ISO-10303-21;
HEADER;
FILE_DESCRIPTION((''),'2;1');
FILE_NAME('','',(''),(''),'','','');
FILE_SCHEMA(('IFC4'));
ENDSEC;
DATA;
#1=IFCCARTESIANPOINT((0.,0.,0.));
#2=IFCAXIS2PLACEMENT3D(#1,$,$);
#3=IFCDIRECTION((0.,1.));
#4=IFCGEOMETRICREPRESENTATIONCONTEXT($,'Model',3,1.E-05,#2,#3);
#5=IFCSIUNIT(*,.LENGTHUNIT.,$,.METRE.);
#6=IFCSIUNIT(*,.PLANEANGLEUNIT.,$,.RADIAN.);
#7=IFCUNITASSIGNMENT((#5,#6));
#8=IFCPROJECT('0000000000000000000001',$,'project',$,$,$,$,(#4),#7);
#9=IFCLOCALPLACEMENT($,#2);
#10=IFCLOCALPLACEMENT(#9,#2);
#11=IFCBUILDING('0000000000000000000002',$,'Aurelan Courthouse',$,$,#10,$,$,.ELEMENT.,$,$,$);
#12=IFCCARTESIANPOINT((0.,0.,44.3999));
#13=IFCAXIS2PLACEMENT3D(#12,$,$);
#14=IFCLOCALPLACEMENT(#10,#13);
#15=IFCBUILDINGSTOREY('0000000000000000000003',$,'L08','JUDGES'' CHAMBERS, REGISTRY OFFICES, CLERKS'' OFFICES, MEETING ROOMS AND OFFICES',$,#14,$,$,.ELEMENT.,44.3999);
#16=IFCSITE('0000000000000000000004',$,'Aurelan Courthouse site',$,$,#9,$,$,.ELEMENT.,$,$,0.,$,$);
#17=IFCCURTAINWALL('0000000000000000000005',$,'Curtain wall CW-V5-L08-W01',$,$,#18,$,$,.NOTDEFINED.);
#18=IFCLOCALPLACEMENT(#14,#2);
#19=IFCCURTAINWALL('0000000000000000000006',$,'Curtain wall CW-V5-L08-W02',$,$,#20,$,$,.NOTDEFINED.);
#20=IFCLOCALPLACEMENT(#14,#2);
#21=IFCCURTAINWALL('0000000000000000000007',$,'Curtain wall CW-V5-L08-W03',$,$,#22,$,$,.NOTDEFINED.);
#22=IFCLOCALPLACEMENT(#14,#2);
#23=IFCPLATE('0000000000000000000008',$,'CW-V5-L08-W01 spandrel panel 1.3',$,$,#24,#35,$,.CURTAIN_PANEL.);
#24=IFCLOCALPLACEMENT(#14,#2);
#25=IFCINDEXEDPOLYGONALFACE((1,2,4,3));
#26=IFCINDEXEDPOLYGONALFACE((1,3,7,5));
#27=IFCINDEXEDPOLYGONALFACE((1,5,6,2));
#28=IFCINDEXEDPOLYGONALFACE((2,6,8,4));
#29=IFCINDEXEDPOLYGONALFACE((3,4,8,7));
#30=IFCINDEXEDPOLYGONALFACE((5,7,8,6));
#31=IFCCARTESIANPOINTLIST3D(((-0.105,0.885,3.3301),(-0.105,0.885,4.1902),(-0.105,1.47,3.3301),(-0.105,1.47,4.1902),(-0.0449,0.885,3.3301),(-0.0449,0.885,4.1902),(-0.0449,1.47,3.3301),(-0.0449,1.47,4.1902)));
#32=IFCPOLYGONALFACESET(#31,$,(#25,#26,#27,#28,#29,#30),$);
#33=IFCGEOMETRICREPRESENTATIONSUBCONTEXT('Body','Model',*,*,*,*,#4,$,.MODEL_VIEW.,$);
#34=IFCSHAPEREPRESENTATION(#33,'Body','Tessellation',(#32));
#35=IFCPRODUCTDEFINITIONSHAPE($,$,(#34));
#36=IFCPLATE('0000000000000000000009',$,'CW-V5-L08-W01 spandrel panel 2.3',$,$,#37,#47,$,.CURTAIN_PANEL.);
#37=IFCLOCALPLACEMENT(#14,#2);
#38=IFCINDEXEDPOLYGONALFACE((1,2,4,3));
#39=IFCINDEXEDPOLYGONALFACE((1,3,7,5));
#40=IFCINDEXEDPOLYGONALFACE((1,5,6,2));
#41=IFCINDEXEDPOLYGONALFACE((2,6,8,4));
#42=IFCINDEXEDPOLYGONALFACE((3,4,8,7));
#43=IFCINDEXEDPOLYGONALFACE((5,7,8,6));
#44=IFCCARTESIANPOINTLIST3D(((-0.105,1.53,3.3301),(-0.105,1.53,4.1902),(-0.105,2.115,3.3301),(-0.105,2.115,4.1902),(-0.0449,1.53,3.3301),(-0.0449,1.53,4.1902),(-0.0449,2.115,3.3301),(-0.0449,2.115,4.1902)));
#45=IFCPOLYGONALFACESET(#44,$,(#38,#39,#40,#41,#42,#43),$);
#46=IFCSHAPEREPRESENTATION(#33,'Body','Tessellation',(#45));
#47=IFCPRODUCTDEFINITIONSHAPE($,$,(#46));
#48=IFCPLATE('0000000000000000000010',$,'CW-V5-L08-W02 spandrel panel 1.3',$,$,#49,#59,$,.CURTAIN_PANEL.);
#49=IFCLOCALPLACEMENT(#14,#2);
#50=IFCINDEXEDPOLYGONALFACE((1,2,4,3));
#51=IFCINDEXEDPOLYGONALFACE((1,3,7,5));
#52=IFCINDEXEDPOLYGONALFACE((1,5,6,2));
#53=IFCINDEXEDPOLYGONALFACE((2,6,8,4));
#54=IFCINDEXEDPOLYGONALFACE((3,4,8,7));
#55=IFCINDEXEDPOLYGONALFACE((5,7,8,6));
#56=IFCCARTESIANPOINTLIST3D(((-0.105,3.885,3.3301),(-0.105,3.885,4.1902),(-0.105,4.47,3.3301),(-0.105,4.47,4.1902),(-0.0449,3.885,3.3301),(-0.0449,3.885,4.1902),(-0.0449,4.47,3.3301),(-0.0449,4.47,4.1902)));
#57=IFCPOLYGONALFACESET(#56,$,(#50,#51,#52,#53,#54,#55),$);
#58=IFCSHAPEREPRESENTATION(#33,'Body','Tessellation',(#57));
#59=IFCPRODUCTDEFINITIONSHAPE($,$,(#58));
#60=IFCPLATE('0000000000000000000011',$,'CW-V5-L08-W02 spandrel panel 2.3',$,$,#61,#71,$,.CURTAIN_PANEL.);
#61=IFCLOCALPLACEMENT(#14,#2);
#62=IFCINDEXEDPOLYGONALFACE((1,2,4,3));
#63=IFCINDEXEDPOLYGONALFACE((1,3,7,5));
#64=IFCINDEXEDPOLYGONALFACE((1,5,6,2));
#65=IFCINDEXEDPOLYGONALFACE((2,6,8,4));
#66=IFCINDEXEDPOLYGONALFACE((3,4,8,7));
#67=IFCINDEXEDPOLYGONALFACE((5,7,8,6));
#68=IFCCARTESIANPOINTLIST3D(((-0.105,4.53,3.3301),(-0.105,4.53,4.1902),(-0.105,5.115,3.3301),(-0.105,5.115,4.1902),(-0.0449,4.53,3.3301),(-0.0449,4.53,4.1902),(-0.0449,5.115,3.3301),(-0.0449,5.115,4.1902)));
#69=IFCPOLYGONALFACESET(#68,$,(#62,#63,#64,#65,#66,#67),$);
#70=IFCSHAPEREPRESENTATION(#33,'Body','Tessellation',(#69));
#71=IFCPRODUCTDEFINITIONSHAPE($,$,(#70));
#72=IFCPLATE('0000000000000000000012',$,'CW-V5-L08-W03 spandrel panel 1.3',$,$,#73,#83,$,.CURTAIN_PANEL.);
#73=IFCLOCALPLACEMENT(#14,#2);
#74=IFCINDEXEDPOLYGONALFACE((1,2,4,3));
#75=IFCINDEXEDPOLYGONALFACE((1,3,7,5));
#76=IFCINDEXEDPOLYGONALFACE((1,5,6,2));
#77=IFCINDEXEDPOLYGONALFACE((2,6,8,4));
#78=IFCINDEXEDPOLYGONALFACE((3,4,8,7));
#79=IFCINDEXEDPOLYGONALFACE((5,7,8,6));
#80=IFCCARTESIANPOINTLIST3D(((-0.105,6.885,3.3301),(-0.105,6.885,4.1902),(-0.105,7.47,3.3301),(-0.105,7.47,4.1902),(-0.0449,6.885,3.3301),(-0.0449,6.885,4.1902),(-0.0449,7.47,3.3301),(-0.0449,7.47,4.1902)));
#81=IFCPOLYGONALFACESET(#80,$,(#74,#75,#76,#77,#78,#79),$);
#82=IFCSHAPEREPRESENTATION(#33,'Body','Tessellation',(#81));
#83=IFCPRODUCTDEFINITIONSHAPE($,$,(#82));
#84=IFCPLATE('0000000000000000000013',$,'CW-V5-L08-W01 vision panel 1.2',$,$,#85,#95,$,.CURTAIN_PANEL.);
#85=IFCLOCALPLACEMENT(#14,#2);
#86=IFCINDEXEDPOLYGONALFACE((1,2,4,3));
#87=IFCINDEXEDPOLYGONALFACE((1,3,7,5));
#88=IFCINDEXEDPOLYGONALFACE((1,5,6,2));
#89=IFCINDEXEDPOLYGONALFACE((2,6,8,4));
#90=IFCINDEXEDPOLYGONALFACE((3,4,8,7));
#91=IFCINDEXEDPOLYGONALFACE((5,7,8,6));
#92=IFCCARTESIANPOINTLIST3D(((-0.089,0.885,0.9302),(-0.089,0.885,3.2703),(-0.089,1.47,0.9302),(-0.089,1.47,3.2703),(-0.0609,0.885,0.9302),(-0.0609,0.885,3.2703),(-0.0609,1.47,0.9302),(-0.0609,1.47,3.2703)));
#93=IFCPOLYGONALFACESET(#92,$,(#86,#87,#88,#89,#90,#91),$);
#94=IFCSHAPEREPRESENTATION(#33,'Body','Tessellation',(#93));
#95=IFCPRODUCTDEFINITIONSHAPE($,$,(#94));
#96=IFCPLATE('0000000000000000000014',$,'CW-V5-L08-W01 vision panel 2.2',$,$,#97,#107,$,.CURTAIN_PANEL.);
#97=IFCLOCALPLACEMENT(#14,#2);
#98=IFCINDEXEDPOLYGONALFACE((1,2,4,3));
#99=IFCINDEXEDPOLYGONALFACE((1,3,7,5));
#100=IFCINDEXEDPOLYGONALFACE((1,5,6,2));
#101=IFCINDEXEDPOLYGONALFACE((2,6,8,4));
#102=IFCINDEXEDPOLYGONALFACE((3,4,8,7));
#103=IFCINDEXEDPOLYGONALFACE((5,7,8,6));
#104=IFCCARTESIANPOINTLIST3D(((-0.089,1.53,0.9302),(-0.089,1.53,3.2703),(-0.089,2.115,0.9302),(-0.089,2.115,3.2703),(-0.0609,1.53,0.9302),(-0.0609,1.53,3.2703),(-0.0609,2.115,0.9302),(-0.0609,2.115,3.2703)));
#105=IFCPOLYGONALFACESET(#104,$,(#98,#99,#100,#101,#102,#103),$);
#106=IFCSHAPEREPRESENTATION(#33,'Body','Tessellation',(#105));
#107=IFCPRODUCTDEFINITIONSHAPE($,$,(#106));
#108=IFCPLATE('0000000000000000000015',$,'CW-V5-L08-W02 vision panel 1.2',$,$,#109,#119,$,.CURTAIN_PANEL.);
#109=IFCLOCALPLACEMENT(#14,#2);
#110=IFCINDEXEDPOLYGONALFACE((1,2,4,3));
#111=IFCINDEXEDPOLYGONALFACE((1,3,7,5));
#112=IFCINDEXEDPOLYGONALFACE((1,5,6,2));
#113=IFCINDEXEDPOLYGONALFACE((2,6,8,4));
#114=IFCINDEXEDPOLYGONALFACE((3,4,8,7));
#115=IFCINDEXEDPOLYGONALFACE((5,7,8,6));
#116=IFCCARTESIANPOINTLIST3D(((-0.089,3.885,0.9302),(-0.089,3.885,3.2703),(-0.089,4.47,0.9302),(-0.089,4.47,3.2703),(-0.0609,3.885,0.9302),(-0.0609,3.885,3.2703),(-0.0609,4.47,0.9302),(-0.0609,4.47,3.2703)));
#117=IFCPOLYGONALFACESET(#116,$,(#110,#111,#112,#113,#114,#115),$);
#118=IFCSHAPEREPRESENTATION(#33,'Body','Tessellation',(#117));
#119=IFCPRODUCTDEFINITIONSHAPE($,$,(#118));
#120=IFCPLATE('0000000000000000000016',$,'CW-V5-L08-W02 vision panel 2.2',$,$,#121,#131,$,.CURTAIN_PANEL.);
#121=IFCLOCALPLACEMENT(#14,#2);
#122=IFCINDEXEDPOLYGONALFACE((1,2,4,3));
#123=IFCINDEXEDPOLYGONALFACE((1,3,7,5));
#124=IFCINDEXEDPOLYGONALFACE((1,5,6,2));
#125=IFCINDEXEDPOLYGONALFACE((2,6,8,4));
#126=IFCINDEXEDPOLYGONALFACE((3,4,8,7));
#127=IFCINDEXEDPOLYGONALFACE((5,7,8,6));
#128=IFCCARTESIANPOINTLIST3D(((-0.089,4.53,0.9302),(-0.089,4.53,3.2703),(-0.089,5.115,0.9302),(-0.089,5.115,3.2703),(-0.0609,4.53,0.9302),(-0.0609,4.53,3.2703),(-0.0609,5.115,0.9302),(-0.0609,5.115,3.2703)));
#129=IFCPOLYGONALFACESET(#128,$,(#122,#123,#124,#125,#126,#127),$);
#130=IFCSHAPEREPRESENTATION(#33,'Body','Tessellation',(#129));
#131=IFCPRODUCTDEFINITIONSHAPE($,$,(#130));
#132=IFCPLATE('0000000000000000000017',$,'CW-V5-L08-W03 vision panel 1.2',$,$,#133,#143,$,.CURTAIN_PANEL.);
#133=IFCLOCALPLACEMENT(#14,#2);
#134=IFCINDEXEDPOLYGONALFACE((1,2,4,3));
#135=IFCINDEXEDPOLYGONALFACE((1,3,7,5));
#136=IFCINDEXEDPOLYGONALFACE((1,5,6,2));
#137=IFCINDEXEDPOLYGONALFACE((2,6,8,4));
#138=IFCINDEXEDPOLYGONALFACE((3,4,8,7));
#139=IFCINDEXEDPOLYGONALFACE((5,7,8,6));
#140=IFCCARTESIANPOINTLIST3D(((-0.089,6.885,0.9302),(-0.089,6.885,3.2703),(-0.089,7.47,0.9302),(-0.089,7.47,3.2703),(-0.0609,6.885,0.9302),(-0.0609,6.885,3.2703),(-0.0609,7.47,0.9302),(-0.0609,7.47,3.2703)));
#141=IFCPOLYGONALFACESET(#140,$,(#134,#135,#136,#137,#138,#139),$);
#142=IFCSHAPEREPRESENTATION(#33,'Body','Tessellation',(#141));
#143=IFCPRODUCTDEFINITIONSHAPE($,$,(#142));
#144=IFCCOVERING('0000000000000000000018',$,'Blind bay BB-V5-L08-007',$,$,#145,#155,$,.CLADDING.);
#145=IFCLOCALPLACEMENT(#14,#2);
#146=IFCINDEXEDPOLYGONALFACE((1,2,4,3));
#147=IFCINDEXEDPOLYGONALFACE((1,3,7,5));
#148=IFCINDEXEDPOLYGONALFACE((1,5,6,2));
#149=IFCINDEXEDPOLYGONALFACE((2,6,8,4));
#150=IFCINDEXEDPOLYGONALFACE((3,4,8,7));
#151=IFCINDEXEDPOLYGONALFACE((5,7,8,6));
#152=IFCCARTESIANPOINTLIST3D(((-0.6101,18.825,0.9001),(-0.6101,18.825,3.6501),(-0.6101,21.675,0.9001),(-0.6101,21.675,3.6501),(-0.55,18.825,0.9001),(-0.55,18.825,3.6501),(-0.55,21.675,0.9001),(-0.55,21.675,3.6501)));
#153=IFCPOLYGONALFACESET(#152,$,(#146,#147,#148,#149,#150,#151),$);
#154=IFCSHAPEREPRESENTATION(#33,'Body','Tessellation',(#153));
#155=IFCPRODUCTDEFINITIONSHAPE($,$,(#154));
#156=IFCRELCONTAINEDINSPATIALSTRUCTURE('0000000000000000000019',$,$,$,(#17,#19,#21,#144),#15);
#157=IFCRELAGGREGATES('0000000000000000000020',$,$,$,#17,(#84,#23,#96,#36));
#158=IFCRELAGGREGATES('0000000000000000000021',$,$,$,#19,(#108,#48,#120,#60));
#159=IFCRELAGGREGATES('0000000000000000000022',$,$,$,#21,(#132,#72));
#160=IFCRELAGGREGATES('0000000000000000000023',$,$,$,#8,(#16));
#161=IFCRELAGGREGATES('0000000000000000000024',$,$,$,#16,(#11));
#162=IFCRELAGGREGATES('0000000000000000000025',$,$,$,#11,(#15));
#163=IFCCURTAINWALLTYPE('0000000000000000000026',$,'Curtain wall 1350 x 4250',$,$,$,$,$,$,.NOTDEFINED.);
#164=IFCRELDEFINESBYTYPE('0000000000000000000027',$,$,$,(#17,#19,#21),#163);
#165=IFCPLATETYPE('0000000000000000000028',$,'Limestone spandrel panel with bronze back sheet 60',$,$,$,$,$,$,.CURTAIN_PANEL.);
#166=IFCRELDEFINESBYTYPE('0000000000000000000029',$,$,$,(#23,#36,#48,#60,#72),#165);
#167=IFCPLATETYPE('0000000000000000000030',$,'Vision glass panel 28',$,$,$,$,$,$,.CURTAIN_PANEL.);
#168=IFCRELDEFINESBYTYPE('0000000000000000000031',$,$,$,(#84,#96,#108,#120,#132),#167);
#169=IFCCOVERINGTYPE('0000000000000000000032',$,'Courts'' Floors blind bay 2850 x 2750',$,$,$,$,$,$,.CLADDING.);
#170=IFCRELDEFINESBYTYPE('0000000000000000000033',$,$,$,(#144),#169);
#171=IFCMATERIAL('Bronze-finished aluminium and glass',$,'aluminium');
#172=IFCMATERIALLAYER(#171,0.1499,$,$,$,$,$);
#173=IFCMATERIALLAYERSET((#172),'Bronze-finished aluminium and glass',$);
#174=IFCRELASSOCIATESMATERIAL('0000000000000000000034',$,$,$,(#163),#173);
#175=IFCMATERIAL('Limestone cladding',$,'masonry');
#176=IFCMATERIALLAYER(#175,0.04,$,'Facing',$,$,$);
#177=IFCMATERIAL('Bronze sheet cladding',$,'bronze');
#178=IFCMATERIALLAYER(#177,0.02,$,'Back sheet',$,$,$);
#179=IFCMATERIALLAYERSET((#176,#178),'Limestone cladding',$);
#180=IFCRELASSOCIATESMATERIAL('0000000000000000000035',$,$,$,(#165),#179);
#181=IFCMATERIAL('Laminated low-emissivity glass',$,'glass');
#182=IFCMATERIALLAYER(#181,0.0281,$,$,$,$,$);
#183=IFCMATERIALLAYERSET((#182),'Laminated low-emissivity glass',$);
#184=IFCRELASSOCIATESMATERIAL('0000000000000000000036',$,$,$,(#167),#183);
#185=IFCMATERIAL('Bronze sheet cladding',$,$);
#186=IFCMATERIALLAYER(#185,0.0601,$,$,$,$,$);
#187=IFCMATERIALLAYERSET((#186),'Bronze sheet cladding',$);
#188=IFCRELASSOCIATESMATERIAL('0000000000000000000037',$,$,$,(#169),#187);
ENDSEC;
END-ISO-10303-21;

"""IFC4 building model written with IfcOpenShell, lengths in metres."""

from ifc_helpers import new_model, si_unit, direction, frame, origin, origin_2d, place, context, subcontext, project, spatial, rectangle, extrude, material, layer, layer_set, type_object, element, aggregate, save


model = new_model("IFC4")

# Units and contexts
model_context = context("Model", 3, precision=1e-05, world=origin(), true_north=direction((0.0, 1.0)))
body_context = subcontext(model_context, "Body", "Model", "MODEL_VIEW")
ifc_project = project(units=[si_unit("LENGTHUNIT", "METRE"), si_unit("PLANEANGLEUNIT", "RADIAN")], contexts=[model_context])

# Site, building, storey
site_placement = place(None, origin())
site = spatial("IfcSite", under=ifc_project, at=site_placement, Name="Aurelan Courthouse site", CompositionType="ELEMENT", RefElevation=0.0)
building_placement = place(site_placement, origin())
building = spatial("IfcBuilding", under=site, at=building_placement, Name="Aurelan Courthouse", CompositionType="ELEMENT")
storey_placement = place(building_placement, frame((0.0, 0.0, 44.3999)))
storey = spatial("IfcBuildingStorey", under=building, at=storey_placement, Name="L08", Description="JUDGES' CHAMBERS, REGISTRY OFFICES, CLERKS' OFFICES, MEETING ROOMS AND OFFICES", CompositionType="ELEMENT", Elevation=44.3999)

# Curtain walls
ifc_material_1 = material(Name="Bronze-finished aluminium and glass", Category="aluminium")
ifc_layer_1 = layer(ifc_material_1, 0.1499)
ifc_layer_set_1 = layer_set([ifc_layer_1], Name="Bronze-finished aluminium and glass")
curtain_wall_type = type_object("IfcCurtainWallType", Name="Curtain wall 1350 x 4250", PredefinedType="NOTDEFINED", material=ifc_layer_set_1)
curtain_wall_1_placement = place(storey_placement, origin())
curtain_wall_1 = element("IfcCurtainWall", 1, at=curtain_wall_1_placement, inside=storey, type_object=curtain_wall_type, Name="Curtain wall CW-V5-L08-W01", PredefinedType="NOTDEFINED")
curtain_wall_2_placement = place(storey_placement, origin())
curtain_wall_2 = element("IfcCurtainWall", 2, at=curtain_wall_2_placement, inside=storey, type_object=curtain_wall_type, Name="Curtain wall CW-V5-L08-W02", PredefinedType="NOTDEFINED")
curtain_wall_3_placement = place(storey_placement, origin())
curtain_wall_3 = element("IfcCurtainWall", 3, at=curtain_wall_3_placement, inside=storey, type_object=curtain_wall_type, Name="Curtain wall CW-V5-L08-W03", PredefinedType="NOTDEFINED")

# Plates
ifc_material_2 = material(Name="Limestone cladding", Category="masonry")
ifc_layer_2 = layer(ifc_material_2, 0.04, Name="Facing")
ifc_material_3 = material(Name="Bronze sheet cladding", Category="bronze")
ifc_layer_3 = layer(ifc_material_3, 0.02, Name="Back sheet")
ifc_layer_set_2 = layer_set([ifc_layer_2, ifc_layer_3], Name="Limestone cladding")
plate_type_1 = type_object("IfcPlateType", Name="Limestone spandrel panel with bronze back sheet 60", PredefinedType="CURTAIN_PANEL", material=ifc_layer_set_2)
plate_1_placement = place(storey_placement, frame((-0.075, 1.1775, 3.3301), z_axis=(0.0, 0.0, 1.0), x_axis=(0.0, 1.0, 0.0)))
plate_1 = element("IfcPlate", 4, at=plate_1_placement, type_object=plate_type_1, Name="CW-V5-L08-W01 spandrel panel 1.3", PredefinedType="CURTAIN_PANEL", context=body_context, shape_type="SweptSolid", body=[
    extrude(rectangle(XDim=0.585, YDim=0.0601, at=origin_2d()), origin(), (0.0, 0.0, 1.0), 0.8601),
])
plate_2_placement = place(storey_placement, frame((-0.075, 1.8225, 3.3301), z_axis=(0.0, 0.0, 1.0), x_axis=(0.0, 1.0, 0.0)))
plate_2 = element("IfcPlate", 5, at=plate_2_placement, type_object=plate_type_1, Name="CW-V5-L08-W01 spandrel panel 2.3", PredefinedType="CURTAIN_PANEL", context=body_context, shape_type="SweptSolid", body=[
    extrude(rectangle(XDim=0.585, YDim=0.0601, at=origin_2d()), origin(), (0.0, 0.0, 1.0), 0.8601),
])
plate_3_placement = place(storey_placement, frame((-0.075, 4.1775, 3.3301), z_axis=(0.0, 0.0, 1.0), x_axis=(0.0, 1.0, 0.0)))
plate_3 = element("IfcPlate", 6, at=plate_3_placement, type_object=plate_type_1, Name="CW-V5-L08-W02 spandrel panel 1.3", PredefinedType="CURTAIN_PANEL", context=body_context, shape_type="SweptSolid", body=[
    extrude(rectangle(XDim=0.585, YDim=0.0601, at=origin_2d()), origin(), (0.0, 0.0, 1.0), 0.8601),
])
plate_4_placement = place(storey_placement, frame((-0.075, 4.8225, 3.3301), z_axis=(0.0, 0.0, 1.0), x_axis=(0.0, 1.0, 0.0)))
plate_4 = element("IfcPlate", 7, at=plate_4_placement, type_object=plate_type_1, Name="CW-V5-L08-W02 spandrel panel 2.3", PredefinedType="CURTAIN_PANEL", context=body_context, shape_type="SweptSolid", body=[
    extrude(rectangle(XDim=0.585, YDim=0.0601, at=origin_2d()), origin(), (0.0, 0.0, 1.0), 0.8601),
])
plate_5_placement = place(storey_placement, frame((-0.075, 7.1775, 3.3301), z_axis=(0.0, 0.0, 1.0), x_axis=(0.0, 1.0, 0.0)))
plate_5 = element("IfcPlate", 8, at=plate_5_placement, type_object=plate_type_1, Name="CW-V5-L08-W03 spandrel panel 1.3", PredefinedType="CURTAIN_PANEL", context=body_context, shape_type="SweptSolid", body=[
    extrude(rectangle(XDim=0.585, YDim=0.0601, at=origin_2d()), origin(), (0.0, 0.0, 1.0), 0.8601),
])
ifc_material_4 = material(Name="Laminated low-emissivity glass", Category="glass")
ifc_layer_4 = layer(ifc_material_4, 0.0281)
ifc_layer_set_3 = layer_set([ifc_layer_4], Name="Laminated low-emissivity glass")
plate_type_2 = type_object("IfcPlateType", Name="Vision glass panel 28", PredefinedType="CURTAIN_PANEL", material=ifc_layer_set_3)
plate_6_placement = place(storey_placement, frame((-0.075, 1.1775, 0.9302), z_axis=(0.0, 0.0, 1.0), x_axis=(0.0, 1.0, 0.0)))
plate_6 = element("IfcPlate", 9, at=plate_6_placement, type_object=plate_type_2, Name="CW-V5-L08-W01 vision panel 1.2", PredefinedType="CURTAIN_PANEL", context=body_context, shape_type="SweptSolid", body=[
    extrude(rectangle(XDim=0.585, YDim=0.0281, at=origin_2d()), origin(), (0.0, 0.0, 1.0), 2.3401),
])
plate_7_placement = place(storey_placement, frame((-0.075, 1.8225, 0.9302), z_axis=(0.0, 0.0, 1.0), x_axis=(0.0, 1.0, 0.0)))
plate_7 = element("IfcPlate", 10, at=plate_7_placement, type_object=plate_type_2, Name="CW-V5-L08-W01 vision panel 2.2", PredefinedType="CURTAIN_PANEL", context=body_context, shape_type="SweptSolid", body=[
    extrude(rectangle(XDim=0.585, YDim=0.0281, at=origin_2d()), origin(), (0.0, 0.0, 1.0), 2.3401),
])
aggregate(curtain_wall_1, [plate_6, plate_1, plate_7, plate_2])
plate_8_placement = place(storey_placement, frame((-0.075, 4.1775, 0.9302), z_axis=(0.0, 0.0, 1.0), x_axis=(0.0, 1.0, 0.0)))
plate_8 = element("IfcPlate", 11, at=plate_8_placement, type_object=plate_type_2, Name="CW-V5-L08-W02 vision panel 1.2", PredefinedType="CURTAIN_PANEL", context=body_context, shape_type="SweptSolid", body=[
    extrude(rectangle(XDim=0.585, YDim=0.0281, at=origin_2d()), origin(), (0.0, 0.0, 1.0), 2.3401),
])
plate_9_placement = place(storey_placement, frame((-0.075, 4.8225, 0.9302), z_axis=(0.0, 0.0, 1.0), x_axis=(0.0, 1.0, 0.0)))
plate_9 = element("IfcPlate", 12, at=plate_9_placement, type_object=plate_type_2, Name="CW-V5-L08-W02 vision panel 2.2", PredefinedType="CURTAIN_PANEL", context=body_context, shape_type="SweptSolid", body=[
    extrude(rectangle(XDim=0.585, YDim=0.0281, at=origin_2d()), origin(), (0.0, 0.0, 1.0), 2.3401),
])
aggregate(curtain_wall_2, [plate_8, plate_3, plate_9, plate_4])
plate_10_placement = place(storey_placement, frame((-0.075, 7.1775, 0.9302), z_axis=(0.0, 0.0, 1.0), x_axis=(0.0, 1.0, 0.0)))
plate_10 = element("IfcPlate", 13, at=plate_10_placement, type_object=plate_type_2, Name="CW-V5-L08-W03 vision panel 1.2", PredefinedType="CURTAIN_PANEL", context=body_context, shape_type="SweptSolid", body=[
    extrude(rectangle(XDim=0.585, YDim=0.0281, at=origin_2d()), origin(), (0.0, 0.0, 1.0), 2.3401),
])
aggregate(curtain_wall_3, [plate_10, plate_5])

# Covering
ifc_material_5 = material(Name="Bronze sheet cladding")
ifc_layer_5 = layer(ifc_material_5, 0.0601)
ifc_layer_set_4 = layer_set([ifc_layer_5], Name="Bronze sheet cladding")
covering_type = type_object("IfcCoveringType", Name="Courts' Floors blind bay 2850 x 2750", PredefinedType="CLADDING", material=ifc_layer_set_4)
covering_placement = place(storey_placement, frame((-0.5801, 20.25, 0.9001), z_axis=(0.0, 0.0, 1.0), x_axis=(1.0, 0.0, 0.0)))
element("IfcCovering", 14, at=covering_placement, inside=storey, type_object=covering_type, Name="Blind bay BB-V5-L08-007", PredefinedType="CLADDING", context=body_context, shape_type="SweptSolid", body=[
    extrude(rectangle(XDim=0.0601, YDim=2.8501, at=origin_2d()), origin(), (0.0, 0.0, 1.0), 2.75),
])

save(model, "model.ifc")
